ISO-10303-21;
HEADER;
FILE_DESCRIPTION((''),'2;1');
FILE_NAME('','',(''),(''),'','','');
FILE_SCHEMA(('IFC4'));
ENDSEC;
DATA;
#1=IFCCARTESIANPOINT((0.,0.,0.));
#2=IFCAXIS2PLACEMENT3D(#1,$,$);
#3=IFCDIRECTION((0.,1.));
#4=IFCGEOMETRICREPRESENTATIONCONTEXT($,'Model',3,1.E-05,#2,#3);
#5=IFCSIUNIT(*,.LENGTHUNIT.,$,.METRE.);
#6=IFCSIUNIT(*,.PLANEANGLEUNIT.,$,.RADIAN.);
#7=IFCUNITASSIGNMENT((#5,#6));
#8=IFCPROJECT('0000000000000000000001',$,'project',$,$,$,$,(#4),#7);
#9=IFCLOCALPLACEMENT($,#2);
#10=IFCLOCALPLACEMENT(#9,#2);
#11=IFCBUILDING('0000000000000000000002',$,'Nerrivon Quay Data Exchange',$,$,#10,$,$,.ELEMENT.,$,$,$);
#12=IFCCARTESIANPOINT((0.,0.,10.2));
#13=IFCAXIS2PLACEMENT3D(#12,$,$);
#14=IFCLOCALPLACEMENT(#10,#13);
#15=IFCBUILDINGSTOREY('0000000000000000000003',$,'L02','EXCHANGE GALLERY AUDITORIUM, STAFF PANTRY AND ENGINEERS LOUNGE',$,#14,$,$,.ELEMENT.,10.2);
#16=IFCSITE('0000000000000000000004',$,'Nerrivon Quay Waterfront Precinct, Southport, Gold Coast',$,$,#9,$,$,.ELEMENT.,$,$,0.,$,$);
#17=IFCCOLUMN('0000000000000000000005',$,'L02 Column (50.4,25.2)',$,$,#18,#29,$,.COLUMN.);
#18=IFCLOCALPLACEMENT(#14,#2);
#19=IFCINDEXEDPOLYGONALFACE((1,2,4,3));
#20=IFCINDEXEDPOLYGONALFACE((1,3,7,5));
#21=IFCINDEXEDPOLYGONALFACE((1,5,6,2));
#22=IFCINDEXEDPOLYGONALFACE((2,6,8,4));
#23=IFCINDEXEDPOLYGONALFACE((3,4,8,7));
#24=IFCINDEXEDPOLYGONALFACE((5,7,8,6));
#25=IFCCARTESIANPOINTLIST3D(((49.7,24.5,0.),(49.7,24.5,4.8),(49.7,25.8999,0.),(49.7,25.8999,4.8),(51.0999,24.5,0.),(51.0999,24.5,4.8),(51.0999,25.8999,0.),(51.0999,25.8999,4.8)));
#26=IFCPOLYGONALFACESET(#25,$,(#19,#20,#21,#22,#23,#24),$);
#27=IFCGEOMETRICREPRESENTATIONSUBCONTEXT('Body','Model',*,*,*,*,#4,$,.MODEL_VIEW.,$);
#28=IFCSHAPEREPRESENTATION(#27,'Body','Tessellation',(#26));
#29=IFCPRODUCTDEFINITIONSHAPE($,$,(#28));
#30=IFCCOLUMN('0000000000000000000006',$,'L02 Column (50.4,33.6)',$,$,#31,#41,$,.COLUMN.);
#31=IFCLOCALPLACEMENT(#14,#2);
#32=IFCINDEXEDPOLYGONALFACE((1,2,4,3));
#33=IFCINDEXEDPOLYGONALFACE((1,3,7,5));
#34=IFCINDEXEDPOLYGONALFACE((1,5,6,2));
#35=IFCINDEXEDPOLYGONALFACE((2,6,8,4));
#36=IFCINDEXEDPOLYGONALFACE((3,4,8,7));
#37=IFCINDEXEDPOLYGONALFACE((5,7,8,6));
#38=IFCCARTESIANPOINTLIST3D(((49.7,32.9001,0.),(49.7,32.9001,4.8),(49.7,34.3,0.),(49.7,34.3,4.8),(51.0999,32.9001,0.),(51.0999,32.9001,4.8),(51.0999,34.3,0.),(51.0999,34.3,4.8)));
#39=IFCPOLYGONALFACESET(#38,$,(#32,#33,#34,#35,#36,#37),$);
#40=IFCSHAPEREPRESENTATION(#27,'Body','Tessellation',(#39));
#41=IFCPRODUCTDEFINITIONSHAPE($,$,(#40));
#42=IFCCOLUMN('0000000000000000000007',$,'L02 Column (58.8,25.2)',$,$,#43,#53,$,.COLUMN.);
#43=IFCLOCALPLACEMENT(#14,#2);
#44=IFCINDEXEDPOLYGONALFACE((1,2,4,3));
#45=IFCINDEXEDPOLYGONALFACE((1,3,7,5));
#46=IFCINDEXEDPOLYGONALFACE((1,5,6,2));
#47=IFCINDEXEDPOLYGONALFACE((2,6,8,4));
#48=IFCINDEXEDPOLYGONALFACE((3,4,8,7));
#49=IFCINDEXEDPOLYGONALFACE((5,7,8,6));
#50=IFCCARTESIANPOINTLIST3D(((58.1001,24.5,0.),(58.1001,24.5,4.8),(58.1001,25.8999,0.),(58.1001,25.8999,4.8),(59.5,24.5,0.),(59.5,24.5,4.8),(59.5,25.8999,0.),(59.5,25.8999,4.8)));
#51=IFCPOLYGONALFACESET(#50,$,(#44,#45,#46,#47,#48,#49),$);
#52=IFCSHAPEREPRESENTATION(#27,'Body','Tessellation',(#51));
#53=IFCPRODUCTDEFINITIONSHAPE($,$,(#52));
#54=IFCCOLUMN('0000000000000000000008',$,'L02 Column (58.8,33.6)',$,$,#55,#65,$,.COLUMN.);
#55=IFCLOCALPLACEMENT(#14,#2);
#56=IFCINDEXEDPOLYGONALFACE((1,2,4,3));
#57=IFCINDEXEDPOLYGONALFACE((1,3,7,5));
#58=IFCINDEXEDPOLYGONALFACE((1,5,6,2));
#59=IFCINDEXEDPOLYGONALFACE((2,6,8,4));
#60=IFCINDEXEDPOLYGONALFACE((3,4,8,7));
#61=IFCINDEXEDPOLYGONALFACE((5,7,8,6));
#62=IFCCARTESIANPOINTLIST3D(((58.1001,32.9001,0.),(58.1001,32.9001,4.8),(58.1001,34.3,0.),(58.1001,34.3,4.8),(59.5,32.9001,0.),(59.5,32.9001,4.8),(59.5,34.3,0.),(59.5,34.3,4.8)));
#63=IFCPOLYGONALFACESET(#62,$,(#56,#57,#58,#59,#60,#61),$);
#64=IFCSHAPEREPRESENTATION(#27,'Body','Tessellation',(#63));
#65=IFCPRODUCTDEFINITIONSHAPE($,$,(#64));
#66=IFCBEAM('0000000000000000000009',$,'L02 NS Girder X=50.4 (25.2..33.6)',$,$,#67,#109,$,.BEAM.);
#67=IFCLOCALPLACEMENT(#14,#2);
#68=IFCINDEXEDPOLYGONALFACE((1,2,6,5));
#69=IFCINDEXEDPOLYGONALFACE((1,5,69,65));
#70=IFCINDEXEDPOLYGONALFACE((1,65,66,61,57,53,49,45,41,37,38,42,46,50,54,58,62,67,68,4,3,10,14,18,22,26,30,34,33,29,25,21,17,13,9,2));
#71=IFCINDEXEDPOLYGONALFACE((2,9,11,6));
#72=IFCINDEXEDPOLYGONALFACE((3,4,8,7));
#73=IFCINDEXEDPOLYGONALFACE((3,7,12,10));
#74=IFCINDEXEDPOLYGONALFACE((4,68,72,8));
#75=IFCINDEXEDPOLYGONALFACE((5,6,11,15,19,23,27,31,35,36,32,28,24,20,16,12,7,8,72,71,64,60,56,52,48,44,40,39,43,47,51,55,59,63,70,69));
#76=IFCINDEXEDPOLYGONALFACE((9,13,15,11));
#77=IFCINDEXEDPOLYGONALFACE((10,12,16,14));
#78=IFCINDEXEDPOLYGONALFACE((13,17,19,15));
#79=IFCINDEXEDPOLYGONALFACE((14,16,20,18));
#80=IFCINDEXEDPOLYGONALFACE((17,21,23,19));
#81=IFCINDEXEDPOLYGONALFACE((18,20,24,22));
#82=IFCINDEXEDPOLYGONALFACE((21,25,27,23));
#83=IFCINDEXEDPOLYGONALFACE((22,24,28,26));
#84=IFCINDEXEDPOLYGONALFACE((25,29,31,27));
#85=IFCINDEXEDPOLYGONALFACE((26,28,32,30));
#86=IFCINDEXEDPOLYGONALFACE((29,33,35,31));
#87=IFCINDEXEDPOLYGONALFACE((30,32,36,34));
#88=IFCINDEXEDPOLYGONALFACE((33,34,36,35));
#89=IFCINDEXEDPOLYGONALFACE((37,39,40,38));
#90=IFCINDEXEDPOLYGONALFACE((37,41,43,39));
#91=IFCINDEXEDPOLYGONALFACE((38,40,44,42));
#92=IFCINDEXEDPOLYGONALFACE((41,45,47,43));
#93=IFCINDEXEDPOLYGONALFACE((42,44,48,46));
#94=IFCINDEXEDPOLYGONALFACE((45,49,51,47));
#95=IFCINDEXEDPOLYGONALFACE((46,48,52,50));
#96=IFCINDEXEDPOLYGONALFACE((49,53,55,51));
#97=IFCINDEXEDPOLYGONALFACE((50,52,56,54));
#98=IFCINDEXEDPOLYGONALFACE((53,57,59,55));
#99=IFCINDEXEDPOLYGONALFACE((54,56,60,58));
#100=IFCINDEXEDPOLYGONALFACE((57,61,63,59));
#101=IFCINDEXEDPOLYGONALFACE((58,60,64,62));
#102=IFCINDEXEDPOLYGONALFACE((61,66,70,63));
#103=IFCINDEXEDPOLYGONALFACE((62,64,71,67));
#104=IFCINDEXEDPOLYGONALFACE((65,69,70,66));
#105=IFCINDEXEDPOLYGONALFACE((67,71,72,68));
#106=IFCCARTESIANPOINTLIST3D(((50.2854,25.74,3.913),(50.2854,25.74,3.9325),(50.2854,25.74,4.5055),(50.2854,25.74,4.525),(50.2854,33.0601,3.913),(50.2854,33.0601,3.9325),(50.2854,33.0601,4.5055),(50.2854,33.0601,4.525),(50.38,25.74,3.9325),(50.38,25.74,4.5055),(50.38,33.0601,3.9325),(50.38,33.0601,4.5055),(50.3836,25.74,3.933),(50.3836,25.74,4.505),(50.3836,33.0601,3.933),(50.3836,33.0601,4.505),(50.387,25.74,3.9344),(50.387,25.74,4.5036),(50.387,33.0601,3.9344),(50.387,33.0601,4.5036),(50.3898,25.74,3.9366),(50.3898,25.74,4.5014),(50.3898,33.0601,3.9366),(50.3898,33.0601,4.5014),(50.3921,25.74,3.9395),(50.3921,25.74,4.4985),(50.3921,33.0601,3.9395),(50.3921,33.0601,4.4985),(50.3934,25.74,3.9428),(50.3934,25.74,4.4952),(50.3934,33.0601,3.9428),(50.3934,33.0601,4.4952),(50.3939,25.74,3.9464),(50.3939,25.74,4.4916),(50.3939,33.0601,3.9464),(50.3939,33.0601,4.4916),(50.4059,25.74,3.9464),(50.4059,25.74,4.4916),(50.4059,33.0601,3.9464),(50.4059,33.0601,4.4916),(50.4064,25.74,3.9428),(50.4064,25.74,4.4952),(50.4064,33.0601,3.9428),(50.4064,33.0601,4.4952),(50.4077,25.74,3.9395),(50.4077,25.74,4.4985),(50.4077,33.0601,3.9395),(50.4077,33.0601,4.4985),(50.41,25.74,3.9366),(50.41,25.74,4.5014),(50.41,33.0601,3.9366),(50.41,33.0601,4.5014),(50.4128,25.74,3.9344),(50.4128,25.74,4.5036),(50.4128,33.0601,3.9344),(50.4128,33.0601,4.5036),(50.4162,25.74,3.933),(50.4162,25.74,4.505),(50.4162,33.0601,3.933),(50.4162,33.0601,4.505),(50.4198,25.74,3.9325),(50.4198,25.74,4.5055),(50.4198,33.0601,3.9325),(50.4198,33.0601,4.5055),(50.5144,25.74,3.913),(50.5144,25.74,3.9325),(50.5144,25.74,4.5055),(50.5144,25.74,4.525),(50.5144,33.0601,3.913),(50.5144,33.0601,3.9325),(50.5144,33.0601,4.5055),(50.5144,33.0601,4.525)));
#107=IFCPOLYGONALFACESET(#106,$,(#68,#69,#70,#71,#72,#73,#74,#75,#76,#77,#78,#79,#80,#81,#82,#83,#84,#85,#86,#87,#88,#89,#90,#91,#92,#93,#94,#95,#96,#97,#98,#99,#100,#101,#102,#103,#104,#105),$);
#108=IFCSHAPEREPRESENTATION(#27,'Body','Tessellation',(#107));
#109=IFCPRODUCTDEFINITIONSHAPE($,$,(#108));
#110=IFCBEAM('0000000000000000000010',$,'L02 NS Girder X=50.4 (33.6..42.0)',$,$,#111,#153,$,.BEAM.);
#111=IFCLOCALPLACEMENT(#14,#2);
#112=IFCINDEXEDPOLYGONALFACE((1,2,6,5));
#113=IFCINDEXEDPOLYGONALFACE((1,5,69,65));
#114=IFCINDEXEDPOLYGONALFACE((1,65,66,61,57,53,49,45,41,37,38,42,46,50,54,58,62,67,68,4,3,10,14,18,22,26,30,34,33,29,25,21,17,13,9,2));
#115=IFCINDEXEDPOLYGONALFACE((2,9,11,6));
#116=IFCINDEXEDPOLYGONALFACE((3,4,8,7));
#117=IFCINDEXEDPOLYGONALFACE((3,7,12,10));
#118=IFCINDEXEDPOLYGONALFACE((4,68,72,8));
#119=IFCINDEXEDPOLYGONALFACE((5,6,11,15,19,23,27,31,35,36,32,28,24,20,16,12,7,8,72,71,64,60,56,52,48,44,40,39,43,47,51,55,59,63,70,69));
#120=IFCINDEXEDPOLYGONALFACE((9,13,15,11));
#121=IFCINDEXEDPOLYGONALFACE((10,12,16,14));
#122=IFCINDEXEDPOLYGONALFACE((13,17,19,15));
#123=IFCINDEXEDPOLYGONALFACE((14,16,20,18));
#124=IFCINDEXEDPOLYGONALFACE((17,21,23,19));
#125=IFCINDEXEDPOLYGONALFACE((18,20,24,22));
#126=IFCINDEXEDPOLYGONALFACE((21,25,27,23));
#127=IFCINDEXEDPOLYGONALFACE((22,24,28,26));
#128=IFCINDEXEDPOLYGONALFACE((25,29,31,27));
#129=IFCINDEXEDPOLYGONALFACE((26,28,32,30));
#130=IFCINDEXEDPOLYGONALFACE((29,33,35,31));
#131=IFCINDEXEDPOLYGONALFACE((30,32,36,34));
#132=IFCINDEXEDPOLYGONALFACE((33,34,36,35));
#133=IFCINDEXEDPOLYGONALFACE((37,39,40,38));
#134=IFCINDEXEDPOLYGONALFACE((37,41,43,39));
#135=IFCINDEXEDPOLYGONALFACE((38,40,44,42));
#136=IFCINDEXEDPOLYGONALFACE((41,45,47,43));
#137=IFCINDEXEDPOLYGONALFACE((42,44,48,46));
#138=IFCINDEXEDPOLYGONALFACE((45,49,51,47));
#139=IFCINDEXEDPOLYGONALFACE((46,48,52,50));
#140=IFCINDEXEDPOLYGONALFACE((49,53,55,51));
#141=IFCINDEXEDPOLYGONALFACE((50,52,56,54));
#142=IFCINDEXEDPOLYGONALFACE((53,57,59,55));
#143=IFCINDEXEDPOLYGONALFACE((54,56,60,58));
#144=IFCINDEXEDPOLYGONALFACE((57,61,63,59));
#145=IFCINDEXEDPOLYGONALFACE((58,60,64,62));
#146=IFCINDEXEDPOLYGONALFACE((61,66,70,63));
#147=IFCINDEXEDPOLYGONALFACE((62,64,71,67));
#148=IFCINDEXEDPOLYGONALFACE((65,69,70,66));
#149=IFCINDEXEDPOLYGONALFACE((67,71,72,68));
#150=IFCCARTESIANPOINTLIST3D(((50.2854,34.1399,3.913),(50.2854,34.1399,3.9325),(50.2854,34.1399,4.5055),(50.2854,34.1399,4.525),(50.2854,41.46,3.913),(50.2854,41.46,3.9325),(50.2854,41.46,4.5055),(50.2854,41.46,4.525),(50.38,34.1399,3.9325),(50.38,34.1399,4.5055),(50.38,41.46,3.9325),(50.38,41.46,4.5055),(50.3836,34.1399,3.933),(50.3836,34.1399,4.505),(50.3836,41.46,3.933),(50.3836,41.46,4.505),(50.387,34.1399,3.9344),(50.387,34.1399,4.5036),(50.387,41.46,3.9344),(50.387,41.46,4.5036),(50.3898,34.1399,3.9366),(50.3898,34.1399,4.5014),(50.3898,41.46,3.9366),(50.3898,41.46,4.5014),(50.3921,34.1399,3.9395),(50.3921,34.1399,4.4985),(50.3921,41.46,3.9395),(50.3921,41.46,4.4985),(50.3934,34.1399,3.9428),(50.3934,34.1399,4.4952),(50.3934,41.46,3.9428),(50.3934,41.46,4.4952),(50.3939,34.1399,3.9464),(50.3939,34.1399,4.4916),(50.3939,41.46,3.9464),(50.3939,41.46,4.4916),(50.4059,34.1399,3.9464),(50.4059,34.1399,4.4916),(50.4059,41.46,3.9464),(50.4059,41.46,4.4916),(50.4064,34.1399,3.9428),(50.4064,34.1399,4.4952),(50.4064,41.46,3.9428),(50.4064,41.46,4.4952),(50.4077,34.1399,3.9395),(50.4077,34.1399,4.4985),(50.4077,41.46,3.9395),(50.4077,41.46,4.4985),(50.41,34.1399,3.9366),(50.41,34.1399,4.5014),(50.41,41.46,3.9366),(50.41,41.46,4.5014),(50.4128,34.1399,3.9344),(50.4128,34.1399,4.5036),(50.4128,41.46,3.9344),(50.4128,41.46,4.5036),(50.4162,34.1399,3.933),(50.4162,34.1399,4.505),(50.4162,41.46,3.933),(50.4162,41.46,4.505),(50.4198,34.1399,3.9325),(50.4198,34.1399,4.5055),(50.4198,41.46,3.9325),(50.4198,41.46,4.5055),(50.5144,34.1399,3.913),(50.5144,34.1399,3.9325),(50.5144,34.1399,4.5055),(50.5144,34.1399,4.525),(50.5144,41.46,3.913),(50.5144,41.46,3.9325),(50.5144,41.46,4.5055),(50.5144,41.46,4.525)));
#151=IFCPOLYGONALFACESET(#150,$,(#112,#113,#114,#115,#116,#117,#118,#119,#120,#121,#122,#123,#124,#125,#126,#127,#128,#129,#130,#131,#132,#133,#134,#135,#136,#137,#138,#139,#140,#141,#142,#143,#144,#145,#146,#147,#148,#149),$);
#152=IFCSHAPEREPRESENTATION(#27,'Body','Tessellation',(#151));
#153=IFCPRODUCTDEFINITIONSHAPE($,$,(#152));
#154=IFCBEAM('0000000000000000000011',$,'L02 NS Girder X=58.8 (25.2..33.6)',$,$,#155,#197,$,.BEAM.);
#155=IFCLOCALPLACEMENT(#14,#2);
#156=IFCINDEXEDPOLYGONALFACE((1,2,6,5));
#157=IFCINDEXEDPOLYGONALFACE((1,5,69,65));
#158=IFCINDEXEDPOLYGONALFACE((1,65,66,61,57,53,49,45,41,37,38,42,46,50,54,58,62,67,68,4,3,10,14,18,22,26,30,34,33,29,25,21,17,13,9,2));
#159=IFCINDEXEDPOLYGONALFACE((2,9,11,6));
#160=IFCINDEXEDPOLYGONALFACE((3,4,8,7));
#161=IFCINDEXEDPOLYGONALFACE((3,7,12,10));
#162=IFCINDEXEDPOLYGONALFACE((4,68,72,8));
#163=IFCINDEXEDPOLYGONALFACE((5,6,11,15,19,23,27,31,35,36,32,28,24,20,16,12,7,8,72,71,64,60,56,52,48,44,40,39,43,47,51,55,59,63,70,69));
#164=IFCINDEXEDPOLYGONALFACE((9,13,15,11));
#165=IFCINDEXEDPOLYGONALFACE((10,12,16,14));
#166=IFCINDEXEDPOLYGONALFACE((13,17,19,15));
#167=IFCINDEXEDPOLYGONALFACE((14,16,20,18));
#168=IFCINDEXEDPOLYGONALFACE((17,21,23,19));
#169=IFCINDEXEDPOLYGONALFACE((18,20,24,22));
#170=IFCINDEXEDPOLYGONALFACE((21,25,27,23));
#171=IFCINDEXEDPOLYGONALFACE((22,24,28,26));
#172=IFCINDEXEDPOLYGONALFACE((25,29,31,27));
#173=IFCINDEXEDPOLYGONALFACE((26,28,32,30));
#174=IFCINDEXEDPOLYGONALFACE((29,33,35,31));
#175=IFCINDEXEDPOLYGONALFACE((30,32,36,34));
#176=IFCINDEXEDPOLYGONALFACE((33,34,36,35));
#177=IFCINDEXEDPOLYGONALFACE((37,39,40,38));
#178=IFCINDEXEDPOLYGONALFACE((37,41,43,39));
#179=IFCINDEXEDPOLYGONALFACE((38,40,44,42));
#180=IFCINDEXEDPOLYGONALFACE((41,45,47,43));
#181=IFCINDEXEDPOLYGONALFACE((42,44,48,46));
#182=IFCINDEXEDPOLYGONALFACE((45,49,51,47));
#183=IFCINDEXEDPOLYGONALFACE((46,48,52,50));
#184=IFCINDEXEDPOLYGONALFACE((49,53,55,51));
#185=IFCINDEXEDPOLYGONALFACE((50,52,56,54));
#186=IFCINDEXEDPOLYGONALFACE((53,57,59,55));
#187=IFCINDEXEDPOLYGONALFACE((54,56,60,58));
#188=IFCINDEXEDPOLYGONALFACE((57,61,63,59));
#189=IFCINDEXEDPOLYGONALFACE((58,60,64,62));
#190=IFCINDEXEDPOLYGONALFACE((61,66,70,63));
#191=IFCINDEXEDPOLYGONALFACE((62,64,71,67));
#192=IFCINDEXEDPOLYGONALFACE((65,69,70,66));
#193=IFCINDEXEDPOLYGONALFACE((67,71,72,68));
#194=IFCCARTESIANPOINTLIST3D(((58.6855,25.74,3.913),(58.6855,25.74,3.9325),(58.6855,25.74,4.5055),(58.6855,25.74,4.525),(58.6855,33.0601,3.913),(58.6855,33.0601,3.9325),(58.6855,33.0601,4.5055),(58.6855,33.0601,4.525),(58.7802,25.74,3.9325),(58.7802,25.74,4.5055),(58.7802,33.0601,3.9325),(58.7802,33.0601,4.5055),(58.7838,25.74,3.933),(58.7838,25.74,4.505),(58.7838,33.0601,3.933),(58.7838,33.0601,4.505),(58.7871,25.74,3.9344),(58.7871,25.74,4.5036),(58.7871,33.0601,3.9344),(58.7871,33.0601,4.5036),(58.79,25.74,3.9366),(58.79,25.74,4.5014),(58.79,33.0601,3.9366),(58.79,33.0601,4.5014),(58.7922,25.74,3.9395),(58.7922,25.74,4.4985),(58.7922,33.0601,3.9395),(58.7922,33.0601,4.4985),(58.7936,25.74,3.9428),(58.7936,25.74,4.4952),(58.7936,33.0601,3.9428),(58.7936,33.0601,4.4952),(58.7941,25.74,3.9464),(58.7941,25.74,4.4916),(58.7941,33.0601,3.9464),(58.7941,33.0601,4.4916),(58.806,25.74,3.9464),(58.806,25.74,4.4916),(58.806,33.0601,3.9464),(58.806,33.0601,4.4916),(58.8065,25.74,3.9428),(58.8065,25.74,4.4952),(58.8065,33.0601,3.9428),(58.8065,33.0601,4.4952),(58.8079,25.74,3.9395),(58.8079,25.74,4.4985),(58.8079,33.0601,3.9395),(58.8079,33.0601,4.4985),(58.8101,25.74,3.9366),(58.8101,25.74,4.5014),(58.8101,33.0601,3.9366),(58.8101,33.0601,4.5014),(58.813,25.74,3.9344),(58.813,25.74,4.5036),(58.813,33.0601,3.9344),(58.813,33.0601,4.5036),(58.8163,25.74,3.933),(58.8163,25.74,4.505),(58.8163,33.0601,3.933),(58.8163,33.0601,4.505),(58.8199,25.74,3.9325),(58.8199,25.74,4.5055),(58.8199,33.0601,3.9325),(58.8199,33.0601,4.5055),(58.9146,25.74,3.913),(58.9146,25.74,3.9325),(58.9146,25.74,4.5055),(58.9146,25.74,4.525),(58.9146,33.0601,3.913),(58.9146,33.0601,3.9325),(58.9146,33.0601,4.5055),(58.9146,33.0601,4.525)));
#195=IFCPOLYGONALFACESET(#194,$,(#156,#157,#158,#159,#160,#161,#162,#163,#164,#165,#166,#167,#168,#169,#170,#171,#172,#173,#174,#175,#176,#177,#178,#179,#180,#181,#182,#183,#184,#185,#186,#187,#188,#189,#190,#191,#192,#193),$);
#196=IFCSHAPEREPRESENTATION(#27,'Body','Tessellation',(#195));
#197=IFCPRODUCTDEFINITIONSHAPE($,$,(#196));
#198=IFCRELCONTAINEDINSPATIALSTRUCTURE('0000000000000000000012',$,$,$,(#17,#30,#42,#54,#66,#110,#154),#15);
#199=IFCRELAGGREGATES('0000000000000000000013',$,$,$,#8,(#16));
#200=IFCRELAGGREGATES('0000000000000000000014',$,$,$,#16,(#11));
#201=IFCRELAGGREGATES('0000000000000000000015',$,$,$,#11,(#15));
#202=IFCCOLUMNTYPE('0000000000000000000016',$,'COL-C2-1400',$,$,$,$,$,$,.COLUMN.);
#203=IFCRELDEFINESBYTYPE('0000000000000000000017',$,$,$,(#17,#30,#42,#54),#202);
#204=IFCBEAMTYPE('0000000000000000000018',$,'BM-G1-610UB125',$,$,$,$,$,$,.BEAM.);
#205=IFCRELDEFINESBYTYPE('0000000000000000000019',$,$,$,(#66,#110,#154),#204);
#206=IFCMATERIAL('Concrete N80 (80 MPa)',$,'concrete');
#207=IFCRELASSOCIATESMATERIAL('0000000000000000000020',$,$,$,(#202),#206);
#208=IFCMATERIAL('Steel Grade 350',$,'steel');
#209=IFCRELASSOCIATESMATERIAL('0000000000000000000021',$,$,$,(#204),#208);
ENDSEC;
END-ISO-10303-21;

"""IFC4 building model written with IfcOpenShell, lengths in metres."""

from ifc_helpers import new_model, si_unit, direction, frame, origin, origin_2d, place, context, subcontext, project, spatial, rectangle, i_section, extrude, material, material_profile, profile_set, type_object, element, save


model = new_model("IFC4")

# Units and contexts
model_context = context("Model", 3, precision=1e-05, world=origin(), true_north=direction((0.0, 1.0)))
body_context = subcontext(model_context, "Body", "Model", "MODEL_VIEW")
ifc_project = project(units=[si_unit("LENGTHUNIT", "METRE"), si_unit("PLANEANGLEUNIT", "RADIAN")], contexts=[model_context])

# Site, building, storey
site_placement = place(None, origin())
site = spatial("IfcSite", under=ifc_project, at=site_placement, Name="Nerrivon Quay Waterfront Precinct, Southport, Gold Coast", CompositionType="ELEMENT", RefElevation=0.0)
building_placement = place(site_placement, origin())
building = spatial("IfcBuilding", under=site, at=building_placement, Name="Nerrivon Quay Data Exchange", CompositionType="ELEMENT")
storey_placement = place(building_placement, frame((0.0, 0.0, 10.2)))
storey = spatial("IfcBuildingStorey", under=building, at=storey_placement, Name="L02", Description="EXCHANGE GALLERY AUDITORIUM, STAFF PANTRY AND ENGINEERS LOUNGE", CompositionType="ELEMENT", Elevation=10.2)

# Columns
ifc_material_1 = material(Name="Concrete N80 (80 MPa)", Category="concrete")
ifc_material_profile_1 = material_profile(ifc_material_1, rectangle(XDim=1.3999, YDim=1.3999, at=origin_2d()), Name="RC-COL-1400x1400")
ifc_profile_set_1 = profile_set([ifc_material_profile_1], Name="Concrete N80 (80 MPa)")
column_type = type_object("IfcColumnType", Name="COL-C2-1400", PredefinedType="COLUMN", material=ifc_profile_set_1)
for number, where, z_axis, x_axis, name in (
    (1, (50.3999, 25.2, 0.0), (0.0, 0.0, 1.0), (1.0, 0.0, 0.0), "L02 Column (50.4,25.2)"),
    (2, (50.3999, 33.6001, 0.0), (0.0, 0.0, 1.0), (1.0, 0.0, 0.0), "L02 Column (50.4,33.6)"),
    (3, (58.8, 25.2, 0.0), (0.0, 0.0, 1.0), (1.0, 0.0, 0.0), "L02 Column (58.8,25.2)"),
    (4, (58.8, 33.6001, 0.0), (0.0, 0.0, 1.0), (1.0, 0.0, 0.0), "L02 Column (58.8,33.6)"),
):
    element("IfcColumn", number, at=place(storey_placement, frame(where, z_axis=z_axis, x_axis=x_axis)), inside=storey, type_object=column_type, Name=name, PredefinedType="COLUMN", context=body_context, shape_type="SweptSolid", body=[
        extrude(rectangle(XDim=1.3999, YDim=1.3999, at=origin_2d()), origin(), (0.0, 0.0, 1.0), 4.8),
    ])

# Beams
ifc_material_2 = material(Name="Steel Grade 350", Category="steel")
ifc_material_profile_2 = material_profile(ifc_material_2, i_section(OverallWidth=0.229, OverallDepth=0.6121, WebThickness=0.012, FlangeThickness=0.0195, FilletRadius=0.0139, at=origin_2d()), Name="610UB125")
ifc_profile_set_2 = profile_set([ifc_material_profile_2], Name="Steel Grade 350")
beam_type_1 = type_object("IfcBeamType", Name="BM-G1-610UB125", PredefinedType="BEAM", material=ifc_profile_set_2)
for number, where, z_axis, x_axis, name in (
    (5, (50.3999, 25.74, 4.219), (0.0, 1.0, 0.0), (-1.0, 0.0, 0.0), "L02 NS Girder X=50.4 (25.2..33.6)"),
    (6, (50.3999, 34.1399, 4.219), (0.0, 1.0, 0.0), (-1.0, 0.0, 0.0), "L02 NS Girder X=50.4 (33.6..42.0)"),
    (7, (58.8, 25.74, 4.219), (0.0, 1.0, 0.0), (-1.0, 0.0, 0.0), "L02 NS Girder X=58.8 (25.2..33.6)"),
):
    element("IfcBeam", number, at=place(storey_placement, frame(where, z_axis=z_axis, x_axis=x_axis)), inside=storey, type_object=beam_type_1, Name=name, PredefinedType="BEAM", context=body_context, shape_type="SweptSolid", body=[
        extrude(i_section(OverallWidth=0.229, OverallDepth=0.6121, WebThickness=0.012, FlangeThickness=0.0195, FilletRadius=0.0139, at=origin_2d()), origin(), (0.0, 0.0, 1.0), 7.3201),
    ])

save(model, "model.ifc")
